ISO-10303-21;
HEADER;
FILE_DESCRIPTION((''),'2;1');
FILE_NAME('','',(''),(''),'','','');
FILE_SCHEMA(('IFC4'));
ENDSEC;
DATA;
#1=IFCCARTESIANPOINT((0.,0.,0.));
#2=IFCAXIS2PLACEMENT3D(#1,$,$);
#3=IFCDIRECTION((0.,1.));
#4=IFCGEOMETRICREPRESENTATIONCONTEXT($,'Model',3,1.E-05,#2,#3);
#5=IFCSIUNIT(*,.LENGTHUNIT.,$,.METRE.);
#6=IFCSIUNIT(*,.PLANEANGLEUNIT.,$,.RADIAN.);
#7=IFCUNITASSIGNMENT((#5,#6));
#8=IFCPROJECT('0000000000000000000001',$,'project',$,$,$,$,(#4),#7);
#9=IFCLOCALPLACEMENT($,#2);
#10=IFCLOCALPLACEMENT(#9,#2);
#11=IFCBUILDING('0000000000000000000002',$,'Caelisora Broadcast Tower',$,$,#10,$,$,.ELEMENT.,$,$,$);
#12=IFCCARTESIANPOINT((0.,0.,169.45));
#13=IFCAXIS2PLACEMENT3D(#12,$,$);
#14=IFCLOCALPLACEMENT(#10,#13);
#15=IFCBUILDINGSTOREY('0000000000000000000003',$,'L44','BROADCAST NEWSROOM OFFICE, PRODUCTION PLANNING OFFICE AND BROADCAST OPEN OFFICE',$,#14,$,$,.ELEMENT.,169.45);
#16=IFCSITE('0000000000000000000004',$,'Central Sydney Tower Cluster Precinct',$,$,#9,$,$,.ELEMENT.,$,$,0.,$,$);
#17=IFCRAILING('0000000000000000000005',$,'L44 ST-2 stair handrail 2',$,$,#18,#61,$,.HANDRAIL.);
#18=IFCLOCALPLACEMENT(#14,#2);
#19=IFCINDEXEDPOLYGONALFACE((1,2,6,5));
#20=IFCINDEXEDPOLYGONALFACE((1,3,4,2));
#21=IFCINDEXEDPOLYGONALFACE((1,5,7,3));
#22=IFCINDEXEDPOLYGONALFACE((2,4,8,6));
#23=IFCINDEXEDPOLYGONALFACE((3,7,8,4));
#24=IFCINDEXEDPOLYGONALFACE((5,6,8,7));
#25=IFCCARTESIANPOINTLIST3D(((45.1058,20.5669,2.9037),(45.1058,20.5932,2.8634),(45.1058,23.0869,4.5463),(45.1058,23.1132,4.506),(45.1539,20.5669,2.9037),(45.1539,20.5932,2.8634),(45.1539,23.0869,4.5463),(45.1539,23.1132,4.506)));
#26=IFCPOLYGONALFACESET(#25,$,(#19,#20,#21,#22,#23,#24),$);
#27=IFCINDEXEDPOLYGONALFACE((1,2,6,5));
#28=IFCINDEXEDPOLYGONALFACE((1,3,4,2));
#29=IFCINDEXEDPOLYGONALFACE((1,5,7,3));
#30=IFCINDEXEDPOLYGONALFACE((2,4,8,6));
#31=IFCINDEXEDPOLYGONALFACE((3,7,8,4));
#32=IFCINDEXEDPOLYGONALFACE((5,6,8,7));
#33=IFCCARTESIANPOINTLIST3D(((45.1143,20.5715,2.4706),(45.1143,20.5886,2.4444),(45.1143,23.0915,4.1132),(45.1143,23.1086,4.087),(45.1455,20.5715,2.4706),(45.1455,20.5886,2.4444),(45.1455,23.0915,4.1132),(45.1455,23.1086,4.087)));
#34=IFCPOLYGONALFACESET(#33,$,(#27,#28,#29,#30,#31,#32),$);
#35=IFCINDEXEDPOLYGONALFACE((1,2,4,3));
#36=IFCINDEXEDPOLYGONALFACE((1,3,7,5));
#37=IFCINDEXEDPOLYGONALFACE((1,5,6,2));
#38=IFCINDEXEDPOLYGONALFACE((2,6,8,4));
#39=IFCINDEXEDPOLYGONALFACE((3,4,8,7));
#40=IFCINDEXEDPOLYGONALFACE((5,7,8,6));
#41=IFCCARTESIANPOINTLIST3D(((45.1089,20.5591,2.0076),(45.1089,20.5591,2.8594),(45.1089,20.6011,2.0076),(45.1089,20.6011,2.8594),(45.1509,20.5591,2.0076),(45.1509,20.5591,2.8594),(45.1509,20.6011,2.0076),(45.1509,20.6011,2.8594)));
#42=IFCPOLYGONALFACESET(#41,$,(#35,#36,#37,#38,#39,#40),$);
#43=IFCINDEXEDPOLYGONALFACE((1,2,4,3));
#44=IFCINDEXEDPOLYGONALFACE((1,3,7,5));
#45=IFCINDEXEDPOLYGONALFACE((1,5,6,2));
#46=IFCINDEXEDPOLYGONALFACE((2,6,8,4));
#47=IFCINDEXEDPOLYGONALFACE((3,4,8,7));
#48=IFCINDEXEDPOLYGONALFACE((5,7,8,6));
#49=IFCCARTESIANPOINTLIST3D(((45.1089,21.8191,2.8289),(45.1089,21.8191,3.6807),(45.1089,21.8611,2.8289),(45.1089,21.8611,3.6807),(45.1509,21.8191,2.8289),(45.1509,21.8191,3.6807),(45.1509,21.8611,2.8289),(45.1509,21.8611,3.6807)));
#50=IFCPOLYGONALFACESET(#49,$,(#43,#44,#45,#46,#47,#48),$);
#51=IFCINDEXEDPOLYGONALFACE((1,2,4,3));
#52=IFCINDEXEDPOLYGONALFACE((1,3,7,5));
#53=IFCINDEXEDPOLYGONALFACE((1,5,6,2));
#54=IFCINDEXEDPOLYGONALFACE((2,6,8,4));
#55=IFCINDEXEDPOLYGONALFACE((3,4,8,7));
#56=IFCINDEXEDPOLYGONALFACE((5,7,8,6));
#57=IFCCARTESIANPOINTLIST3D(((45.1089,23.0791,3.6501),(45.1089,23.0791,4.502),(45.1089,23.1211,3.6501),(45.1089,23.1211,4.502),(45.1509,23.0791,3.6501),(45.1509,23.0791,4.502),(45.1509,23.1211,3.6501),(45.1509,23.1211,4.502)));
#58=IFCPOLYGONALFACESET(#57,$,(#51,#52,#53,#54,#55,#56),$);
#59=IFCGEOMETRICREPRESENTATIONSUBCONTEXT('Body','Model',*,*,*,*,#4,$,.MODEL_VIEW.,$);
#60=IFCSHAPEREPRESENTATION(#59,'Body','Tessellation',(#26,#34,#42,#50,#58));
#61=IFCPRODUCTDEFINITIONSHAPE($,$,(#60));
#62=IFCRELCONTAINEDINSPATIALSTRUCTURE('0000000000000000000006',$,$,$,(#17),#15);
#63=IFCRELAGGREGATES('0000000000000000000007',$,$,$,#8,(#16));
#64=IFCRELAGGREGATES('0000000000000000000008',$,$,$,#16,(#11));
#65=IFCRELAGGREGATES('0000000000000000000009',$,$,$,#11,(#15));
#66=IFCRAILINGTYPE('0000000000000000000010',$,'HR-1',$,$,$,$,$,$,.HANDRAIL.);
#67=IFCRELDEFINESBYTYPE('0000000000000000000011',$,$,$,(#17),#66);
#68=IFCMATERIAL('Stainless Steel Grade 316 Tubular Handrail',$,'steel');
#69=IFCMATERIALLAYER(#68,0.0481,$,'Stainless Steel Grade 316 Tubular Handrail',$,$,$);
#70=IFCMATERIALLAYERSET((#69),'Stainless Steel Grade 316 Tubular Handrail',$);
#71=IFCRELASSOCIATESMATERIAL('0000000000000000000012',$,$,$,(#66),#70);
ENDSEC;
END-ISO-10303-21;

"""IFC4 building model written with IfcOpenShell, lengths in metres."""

from ifc_helpers import new_model, si_unit, direction, frame, origin, origin_2d, place, context, subcontext, project, spatial, rectangle, extrude, material, layer, layer_set, type_object, element, save


model = new_model("IFC4")

# Units and contexts
model_context = context("Model", 3, precision=1e-05, world=origin(), true_north=direction((0.0, 1.0)))
body_context = subcontext(model_context, "Body", "Model", "MODEL_VIEW")
ifc_project = project(units=[si_unit("LENGTHUNIT", "METRE"), si_unit("PLANEANGLEUNIT", "RADIAN")], contexts=[model_context])

# Site, building, storey
site_placement = place(None, origin())
site = spatial("IfcSite", under=ifc_project, at=site_placement, Name="Central Sydney Tower Cluster Precinct", CompositionType="ELEMENT", RefElevation=0.0)
building_placement = place(site_placement, origin())
building = spatial("IfcBuilding", under=site, at=building_placement, Name="Caelisora Broadcast Tower", CompositionType="ELEMENT")
storey_placement = place(building_placement, frame((0.0, 0.0, 169.45)))
storey = spatial("IfcBuildingStorey", under=building, at=storey_placement, Name="L44", Description="BROADCAST NEWSROOM OFFICE, PRODUCTION PLANNING OFFICE AND BROADCAST OPEN OFFICE", CompositionType="ELEMENT", Elevation=169.45)

# Railing
ifc_material_1 = material(Name="Stainless Steel Grade 316 Tubular Handrail", Category="steel")
ifc_layer_1 = layer(ifc_material_1, 0.0481, Name="Stainless Steel Grade 316 Tubular Handrail")
ifc_layer_set_1 = layer_set([ifc_layer_1], Name="Stainless Steel Grade 316 Tubular Handrail")
railing_type_1 = type_object("IfcRailingType", Name="HR-1", PredefinedType="HANDRAIL", material=ifc_layer_set_1)
railing_1_placement = place(storey_placement, frame((45.1299, 20.5801, 2.0076)))
element("IfcRailing", 1, at=railing_1_placement, inside=storey, type_object=railing_type_1, Name="L44 ST-2 stair handrail 2", PredefinedType="HANDRAIL", context=body_context, shape_type="SweptSolid", body=[
    extrude(rectangle(XDim=0.0481, YDim=0.0481, at=origin_2d()), frame((0.0, 0.0, 0.876), z_axis=(0.0, 0.837749, 0.546055), x_axis=(-1.0, 0.0, 0.0)), (0.0, 0.0, 1.0), 3.0081),
    extrude(rectangle(XDim=0.0312, YDim=0.0312, at=origin_2d()), frame((0.0, 0.0, 0.45), z_axis=(0.0, 0.837749, 0.546055), x_axis=(-1.0, 0.0, 0.0)), (0.0, 0.0, 1.0), 3.0081),
    extrude(rectangle(XDim=0.042, YDim=0.042, at=origin_2d()), origin(), (0.0, 0.0, 1.0), 0.8518),
    extrude(rectangle(XDim=0.042, YDim=0.042, at=origin_2d()), frame((0.0, 1.26, 0.8213)), (0.0, 0.0, 1.0), 0.8518),
    extrude(rectangle(XDim=0.042, YDim=0.042, at=origin_2d()), frame((0.0, 2.52, 1.6426)), (0.0, 0.0, 1.0), 0.8518),
])

save(model, "model.ifc")
